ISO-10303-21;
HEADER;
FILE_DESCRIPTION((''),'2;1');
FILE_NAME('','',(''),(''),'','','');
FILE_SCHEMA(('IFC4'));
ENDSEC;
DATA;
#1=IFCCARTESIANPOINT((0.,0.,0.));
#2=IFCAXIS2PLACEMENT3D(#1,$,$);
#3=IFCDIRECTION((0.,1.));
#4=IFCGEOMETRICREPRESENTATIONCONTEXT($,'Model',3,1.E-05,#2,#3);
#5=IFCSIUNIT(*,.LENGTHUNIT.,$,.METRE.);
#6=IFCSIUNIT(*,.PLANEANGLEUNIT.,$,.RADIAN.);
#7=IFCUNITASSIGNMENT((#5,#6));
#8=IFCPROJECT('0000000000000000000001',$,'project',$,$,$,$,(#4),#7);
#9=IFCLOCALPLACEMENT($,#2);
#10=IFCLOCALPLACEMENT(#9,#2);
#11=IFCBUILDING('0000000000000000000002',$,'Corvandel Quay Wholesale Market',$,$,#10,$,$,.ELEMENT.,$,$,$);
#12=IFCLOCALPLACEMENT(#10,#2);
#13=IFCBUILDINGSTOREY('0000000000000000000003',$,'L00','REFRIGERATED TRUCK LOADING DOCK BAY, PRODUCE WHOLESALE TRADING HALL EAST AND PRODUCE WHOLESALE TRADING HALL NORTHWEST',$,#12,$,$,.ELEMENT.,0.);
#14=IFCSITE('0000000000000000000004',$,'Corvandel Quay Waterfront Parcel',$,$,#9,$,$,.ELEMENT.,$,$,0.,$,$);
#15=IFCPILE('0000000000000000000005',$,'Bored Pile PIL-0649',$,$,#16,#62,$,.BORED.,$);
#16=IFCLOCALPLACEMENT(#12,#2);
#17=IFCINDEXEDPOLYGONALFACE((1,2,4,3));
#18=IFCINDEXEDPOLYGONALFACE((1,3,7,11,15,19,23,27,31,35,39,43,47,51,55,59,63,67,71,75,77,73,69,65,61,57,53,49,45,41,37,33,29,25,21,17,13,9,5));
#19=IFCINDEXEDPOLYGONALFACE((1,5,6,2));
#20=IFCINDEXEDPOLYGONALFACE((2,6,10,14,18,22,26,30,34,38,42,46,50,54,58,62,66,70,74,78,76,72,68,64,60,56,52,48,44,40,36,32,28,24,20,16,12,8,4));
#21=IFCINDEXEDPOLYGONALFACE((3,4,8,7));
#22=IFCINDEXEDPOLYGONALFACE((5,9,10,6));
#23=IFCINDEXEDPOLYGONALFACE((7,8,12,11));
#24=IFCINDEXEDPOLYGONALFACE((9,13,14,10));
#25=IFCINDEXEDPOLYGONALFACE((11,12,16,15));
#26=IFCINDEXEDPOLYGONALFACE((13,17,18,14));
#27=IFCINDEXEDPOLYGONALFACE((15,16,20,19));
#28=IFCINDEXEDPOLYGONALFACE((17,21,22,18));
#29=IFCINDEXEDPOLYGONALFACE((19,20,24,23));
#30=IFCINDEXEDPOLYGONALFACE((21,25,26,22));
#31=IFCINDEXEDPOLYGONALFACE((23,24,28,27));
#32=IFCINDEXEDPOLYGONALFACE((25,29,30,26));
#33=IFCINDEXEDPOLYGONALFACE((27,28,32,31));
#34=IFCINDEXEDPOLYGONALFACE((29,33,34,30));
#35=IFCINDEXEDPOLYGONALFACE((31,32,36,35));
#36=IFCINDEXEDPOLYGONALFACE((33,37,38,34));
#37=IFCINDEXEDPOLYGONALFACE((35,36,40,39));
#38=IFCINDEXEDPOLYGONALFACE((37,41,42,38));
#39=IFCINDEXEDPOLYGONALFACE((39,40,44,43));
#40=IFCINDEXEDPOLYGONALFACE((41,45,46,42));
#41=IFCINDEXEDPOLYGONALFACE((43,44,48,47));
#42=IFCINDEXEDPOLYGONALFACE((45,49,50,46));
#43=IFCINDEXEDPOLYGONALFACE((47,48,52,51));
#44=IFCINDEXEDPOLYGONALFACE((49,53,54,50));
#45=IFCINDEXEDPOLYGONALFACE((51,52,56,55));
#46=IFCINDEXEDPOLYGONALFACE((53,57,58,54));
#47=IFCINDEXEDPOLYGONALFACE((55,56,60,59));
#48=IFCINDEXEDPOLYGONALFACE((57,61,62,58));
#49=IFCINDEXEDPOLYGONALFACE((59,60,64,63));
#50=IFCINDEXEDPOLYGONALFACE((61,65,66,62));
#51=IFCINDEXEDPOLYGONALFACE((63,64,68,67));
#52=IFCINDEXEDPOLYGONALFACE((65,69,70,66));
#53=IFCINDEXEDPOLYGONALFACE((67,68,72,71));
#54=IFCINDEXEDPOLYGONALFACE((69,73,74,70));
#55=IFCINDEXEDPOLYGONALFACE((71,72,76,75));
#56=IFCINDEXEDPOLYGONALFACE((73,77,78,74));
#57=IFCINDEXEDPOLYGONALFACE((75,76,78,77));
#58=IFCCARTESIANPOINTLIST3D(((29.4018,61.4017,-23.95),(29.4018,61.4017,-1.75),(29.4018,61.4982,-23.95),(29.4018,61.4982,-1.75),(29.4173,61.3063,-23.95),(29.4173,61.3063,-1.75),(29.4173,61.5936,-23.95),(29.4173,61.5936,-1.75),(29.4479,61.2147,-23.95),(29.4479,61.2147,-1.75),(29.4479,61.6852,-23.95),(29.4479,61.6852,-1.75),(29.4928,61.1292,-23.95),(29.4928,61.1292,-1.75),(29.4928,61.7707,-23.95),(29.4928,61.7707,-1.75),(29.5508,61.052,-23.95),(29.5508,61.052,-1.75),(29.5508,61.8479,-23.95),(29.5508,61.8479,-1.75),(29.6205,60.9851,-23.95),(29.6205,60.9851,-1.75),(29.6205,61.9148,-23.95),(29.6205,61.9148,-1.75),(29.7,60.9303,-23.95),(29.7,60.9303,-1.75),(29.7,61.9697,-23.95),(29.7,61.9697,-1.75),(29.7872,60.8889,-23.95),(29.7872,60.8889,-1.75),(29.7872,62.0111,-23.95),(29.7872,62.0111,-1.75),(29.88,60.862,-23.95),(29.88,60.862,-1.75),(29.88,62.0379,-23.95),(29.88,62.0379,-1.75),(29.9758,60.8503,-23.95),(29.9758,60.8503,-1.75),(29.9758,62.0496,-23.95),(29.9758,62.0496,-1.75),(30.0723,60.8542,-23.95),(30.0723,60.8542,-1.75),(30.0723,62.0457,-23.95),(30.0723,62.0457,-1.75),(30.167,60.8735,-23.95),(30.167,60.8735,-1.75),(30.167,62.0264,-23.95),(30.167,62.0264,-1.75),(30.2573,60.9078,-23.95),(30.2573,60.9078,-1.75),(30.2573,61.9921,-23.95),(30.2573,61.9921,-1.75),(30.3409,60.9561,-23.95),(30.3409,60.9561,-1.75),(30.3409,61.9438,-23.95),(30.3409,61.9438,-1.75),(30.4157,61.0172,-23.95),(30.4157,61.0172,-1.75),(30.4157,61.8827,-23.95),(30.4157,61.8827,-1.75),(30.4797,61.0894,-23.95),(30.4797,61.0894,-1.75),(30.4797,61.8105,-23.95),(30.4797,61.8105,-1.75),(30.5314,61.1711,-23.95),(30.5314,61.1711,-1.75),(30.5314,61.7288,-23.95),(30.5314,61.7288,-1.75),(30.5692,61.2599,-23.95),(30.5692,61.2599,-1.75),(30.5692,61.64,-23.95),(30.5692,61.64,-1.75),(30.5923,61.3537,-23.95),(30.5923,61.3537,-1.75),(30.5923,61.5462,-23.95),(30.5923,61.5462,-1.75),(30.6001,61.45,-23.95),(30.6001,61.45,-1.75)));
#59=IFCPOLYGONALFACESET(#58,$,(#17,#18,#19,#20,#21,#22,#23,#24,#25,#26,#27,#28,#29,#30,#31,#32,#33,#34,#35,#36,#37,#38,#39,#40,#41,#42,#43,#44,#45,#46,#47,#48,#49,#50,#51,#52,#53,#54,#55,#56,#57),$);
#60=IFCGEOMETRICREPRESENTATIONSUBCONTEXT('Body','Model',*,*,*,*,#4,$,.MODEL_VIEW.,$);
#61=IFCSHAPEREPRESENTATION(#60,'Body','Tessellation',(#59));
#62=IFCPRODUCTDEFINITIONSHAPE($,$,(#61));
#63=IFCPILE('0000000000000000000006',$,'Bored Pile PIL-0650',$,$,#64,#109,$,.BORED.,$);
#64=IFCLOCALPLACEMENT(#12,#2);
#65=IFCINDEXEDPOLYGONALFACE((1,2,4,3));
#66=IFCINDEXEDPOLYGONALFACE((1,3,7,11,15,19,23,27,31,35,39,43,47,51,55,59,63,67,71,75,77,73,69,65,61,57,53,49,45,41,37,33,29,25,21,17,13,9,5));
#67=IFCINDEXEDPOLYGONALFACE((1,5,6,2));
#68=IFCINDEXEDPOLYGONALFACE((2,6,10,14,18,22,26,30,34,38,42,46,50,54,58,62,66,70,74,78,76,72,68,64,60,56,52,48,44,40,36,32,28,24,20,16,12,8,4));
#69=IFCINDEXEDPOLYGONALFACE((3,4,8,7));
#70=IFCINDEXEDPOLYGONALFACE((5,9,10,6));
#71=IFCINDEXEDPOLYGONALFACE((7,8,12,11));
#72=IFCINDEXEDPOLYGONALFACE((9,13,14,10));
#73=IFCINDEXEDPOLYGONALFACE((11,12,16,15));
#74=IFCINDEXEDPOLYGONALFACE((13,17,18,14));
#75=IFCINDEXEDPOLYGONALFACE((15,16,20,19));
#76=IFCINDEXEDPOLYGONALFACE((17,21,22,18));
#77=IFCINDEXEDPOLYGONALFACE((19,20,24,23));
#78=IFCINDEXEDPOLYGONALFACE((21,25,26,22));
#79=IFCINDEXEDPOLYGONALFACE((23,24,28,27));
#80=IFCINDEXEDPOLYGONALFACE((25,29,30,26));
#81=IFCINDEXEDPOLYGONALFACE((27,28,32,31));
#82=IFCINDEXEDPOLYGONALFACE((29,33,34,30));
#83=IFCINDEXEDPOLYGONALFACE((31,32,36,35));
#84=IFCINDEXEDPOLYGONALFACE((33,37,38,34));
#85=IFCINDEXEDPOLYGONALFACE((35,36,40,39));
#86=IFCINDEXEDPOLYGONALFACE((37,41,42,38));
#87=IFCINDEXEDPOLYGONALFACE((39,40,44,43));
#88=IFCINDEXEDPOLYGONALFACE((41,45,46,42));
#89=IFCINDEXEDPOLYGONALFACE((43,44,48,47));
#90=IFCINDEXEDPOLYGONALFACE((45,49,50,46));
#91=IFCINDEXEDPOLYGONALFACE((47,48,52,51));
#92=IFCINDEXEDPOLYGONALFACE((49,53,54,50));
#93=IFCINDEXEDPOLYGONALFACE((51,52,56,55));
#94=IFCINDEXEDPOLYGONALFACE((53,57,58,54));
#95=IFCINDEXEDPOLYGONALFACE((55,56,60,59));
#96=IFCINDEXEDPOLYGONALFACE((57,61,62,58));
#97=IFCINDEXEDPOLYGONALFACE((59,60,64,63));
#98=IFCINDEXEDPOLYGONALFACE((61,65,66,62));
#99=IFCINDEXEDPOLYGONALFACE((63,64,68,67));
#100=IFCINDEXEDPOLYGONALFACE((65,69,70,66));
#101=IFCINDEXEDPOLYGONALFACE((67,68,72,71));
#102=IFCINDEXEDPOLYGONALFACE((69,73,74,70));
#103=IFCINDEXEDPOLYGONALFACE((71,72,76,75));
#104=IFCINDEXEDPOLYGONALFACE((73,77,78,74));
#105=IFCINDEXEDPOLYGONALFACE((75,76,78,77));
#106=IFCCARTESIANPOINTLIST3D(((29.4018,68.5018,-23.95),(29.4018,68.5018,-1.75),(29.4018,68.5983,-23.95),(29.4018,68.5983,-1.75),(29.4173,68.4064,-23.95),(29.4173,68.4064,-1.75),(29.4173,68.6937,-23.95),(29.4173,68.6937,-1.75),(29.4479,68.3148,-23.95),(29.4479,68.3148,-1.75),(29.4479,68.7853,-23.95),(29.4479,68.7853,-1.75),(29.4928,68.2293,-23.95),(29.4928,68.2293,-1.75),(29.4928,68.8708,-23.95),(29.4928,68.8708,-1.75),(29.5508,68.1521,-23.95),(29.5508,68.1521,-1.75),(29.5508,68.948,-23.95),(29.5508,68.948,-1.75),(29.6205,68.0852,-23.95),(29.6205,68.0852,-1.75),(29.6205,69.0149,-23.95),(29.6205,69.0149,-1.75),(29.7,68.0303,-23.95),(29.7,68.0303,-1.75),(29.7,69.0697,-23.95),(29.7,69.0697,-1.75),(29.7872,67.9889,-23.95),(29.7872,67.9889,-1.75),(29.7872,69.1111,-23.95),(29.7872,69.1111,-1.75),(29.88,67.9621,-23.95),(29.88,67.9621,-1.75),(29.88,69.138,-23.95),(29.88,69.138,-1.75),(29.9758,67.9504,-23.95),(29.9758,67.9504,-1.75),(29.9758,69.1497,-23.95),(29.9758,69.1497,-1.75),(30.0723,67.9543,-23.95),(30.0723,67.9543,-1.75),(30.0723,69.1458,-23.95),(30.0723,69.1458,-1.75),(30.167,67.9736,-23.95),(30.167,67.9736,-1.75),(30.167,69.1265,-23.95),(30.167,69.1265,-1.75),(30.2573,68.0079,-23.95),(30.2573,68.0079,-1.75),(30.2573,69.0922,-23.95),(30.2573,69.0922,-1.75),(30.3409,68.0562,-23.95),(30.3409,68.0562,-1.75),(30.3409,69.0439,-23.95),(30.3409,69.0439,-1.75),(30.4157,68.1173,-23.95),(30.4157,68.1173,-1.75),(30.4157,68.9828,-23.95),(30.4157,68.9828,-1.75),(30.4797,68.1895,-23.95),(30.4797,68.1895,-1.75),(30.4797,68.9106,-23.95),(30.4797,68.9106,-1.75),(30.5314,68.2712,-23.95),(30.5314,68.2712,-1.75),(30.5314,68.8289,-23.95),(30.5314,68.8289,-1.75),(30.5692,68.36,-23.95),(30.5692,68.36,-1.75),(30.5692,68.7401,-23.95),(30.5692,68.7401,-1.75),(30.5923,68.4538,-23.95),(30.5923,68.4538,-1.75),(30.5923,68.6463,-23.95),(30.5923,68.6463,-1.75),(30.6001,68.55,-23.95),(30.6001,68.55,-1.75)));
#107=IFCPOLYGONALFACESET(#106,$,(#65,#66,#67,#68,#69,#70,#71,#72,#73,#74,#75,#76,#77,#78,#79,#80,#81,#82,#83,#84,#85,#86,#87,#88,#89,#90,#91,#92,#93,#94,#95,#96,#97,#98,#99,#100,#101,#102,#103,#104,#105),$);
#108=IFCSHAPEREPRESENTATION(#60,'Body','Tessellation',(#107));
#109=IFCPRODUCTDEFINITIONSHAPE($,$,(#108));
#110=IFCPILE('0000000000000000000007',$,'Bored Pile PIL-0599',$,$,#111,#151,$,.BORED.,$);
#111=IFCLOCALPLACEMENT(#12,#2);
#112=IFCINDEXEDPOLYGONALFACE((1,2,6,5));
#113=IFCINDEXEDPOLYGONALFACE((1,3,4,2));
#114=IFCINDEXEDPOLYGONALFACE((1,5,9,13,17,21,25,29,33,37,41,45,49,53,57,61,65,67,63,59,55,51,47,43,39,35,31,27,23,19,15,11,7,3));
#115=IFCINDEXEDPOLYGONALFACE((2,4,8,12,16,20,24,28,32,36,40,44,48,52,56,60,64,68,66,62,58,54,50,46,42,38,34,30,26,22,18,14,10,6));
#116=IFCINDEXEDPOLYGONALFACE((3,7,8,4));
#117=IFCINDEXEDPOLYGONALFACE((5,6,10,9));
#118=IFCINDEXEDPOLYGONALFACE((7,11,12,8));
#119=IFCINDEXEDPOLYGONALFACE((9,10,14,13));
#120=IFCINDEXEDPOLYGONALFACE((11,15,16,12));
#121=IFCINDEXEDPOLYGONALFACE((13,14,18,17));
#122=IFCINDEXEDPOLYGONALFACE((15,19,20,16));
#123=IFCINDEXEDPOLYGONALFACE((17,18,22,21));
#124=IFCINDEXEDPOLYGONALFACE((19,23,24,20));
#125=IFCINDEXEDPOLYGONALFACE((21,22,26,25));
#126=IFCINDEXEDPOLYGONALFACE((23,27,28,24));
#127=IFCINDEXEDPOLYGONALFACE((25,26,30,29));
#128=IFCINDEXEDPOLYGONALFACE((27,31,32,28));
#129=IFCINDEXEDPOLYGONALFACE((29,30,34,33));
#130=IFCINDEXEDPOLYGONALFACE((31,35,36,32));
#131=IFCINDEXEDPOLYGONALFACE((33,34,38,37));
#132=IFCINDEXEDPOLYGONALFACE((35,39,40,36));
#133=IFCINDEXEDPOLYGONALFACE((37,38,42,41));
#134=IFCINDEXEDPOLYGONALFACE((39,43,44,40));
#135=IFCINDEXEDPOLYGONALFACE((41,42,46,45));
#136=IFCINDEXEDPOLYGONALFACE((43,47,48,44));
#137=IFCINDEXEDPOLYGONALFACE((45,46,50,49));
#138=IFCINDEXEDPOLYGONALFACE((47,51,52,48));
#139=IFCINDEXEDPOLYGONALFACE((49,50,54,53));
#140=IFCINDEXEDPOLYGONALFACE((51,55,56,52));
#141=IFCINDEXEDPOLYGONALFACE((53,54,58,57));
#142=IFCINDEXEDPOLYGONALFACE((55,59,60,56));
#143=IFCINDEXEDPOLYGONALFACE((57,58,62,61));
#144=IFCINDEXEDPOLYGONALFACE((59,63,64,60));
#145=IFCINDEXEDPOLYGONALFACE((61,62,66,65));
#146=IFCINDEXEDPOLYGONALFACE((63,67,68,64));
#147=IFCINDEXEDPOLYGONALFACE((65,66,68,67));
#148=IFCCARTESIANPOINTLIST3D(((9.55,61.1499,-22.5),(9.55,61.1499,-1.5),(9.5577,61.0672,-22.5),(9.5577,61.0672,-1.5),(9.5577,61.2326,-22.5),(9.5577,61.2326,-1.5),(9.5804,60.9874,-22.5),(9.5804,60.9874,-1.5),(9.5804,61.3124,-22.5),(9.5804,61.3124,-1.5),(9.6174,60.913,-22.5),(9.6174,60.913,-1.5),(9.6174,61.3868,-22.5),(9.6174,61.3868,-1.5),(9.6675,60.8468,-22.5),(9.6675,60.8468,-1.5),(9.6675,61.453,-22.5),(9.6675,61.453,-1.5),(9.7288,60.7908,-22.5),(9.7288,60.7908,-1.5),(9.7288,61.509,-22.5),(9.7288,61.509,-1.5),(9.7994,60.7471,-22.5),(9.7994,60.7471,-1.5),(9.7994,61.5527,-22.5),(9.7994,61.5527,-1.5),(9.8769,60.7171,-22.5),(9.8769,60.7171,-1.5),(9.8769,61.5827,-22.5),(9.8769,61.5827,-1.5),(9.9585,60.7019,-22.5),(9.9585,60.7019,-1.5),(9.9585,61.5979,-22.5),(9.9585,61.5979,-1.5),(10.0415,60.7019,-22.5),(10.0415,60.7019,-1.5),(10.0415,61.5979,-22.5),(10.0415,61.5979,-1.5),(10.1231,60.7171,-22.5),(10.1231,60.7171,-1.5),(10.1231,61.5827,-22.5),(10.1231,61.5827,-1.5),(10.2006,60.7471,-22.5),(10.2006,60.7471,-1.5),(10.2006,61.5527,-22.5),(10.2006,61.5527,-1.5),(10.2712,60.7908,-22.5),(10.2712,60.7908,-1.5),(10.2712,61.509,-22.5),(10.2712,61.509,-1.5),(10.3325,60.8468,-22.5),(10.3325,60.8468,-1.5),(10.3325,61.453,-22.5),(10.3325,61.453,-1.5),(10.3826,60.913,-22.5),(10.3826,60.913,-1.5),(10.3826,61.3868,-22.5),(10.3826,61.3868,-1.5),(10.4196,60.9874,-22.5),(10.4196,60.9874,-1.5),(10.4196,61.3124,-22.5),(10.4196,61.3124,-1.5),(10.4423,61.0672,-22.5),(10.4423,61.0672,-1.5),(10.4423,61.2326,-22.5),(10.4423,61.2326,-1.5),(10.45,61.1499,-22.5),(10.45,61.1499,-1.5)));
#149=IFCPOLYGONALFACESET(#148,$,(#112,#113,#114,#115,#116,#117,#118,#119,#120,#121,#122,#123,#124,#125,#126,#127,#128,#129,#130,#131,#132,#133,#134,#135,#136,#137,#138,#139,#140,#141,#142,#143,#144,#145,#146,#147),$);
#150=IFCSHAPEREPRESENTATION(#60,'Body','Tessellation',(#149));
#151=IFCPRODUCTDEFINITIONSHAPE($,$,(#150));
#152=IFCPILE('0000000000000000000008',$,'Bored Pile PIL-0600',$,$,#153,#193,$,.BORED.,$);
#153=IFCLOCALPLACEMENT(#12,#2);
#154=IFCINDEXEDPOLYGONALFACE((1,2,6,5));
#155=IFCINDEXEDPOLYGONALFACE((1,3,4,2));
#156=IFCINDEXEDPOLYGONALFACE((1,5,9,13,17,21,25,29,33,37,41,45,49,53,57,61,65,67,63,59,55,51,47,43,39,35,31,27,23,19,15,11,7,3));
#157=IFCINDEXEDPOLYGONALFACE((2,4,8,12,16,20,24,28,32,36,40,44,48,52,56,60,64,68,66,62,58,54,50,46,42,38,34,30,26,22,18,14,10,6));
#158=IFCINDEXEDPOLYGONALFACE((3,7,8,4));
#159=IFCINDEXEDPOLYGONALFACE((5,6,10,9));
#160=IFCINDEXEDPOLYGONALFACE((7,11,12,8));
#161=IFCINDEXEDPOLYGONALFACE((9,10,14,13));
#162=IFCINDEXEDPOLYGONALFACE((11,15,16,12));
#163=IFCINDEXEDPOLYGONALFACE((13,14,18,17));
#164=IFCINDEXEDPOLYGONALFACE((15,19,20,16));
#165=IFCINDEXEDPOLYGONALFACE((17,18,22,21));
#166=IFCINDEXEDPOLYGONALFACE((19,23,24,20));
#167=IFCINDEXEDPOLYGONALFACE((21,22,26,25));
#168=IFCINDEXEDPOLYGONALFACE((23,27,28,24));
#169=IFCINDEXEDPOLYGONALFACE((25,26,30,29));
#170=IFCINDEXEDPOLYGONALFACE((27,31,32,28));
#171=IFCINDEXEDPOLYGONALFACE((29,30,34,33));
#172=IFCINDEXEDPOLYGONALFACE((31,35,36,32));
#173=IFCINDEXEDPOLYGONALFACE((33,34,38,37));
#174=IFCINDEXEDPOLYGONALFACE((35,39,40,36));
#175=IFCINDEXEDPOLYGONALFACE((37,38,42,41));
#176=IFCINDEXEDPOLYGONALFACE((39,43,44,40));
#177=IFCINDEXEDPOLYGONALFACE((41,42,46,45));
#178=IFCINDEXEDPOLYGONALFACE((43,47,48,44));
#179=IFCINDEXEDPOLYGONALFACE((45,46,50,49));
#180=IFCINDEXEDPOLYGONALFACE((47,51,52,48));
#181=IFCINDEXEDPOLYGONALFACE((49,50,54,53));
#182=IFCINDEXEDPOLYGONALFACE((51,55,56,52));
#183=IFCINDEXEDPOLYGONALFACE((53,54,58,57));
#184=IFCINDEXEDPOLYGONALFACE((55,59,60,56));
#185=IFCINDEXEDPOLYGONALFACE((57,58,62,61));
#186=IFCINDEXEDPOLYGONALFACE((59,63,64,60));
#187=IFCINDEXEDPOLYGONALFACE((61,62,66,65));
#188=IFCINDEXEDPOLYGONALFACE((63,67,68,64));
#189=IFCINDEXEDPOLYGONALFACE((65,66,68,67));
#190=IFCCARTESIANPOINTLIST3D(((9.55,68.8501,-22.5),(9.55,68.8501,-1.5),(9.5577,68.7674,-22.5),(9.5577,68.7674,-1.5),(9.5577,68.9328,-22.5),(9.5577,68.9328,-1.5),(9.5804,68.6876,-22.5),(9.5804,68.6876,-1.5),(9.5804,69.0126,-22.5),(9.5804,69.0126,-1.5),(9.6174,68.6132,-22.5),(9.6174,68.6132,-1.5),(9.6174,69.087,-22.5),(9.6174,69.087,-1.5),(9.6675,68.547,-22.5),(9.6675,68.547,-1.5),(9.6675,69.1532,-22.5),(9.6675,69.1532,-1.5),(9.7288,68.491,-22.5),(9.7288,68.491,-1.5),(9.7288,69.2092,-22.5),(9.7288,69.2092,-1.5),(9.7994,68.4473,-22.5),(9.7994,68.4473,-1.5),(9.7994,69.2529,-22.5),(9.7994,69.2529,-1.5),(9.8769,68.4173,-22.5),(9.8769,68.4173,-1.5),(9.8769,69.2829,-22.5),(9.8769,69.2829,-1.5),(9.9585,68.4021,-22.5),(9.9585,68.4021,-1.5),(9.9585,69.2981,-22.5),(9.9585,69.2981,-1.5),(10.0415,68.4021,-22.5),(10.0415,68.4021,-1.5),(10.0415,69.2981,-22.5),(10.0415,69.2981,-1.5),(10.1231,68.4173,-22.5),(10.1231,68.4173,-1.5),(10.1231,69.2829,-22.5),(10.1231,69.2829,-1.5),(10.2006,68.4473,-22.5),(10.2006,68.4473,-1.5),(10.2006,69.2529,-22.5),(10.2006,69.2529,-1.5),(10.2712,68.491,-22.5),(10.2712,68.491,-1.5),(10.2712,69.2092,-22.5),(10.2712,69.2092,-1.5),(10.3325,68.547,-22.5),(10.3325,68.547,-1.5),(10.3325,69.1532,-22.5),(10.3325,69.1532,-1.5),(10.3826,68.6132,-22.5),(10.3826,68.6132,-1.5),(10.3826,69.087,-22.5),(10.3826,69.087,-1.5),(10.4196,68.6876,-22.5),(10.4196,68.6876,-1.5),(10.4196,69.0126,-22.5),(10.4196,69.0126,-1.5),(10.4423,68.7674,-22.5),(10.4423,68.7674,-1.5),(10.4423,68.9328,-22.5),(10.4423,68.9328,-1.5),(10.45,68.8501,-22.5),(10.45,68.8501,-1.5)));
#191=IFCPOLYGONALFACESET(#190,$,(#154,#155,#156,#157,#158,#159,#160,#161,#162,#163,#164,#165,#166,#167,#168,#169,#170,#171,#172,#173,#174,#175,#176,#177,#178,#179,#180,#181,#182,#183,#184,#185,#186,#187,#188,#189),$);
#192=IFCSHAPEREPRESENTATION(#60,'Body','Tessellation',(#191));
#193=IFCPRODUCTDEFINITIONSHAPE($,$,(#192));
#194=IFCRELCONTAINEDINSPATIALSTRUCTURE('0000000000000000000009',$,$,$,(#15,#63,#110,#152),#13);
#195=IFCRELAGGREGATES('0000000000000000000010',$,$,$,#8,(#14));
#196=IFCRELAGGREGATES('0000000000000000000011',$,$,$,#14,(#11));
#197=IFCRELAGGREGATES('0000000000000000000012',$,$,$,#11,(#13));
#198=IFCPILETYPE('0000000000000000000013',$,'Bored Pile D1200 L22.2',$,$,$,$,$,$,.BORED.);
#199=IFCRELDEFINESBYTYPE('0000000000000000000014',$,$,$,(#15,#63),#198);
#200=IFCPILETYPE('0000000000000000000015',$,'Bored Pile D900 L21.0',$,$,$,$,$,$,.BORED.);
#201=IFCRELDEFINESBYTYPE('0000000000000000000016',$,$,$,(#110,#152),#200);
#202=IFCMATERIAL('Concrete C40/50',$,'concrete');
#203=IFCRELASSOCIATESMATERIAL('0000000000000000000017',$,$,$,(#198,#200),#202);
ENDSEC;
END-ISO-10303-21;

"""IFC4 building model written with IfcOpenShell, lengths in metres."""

from ifc_helpers import new_model, si_unit, direction, frame, origin, origin_2d, place, context, subcontext, project, spatial, circle, extrude, material, material_profile, profile_set, type_object, element, save


model = new_model("IFC4")

# Units and contexts
model_context = context("Model", 3, precision=1e-05, world=origin(), true_north=direction((0.0, 1.0)))
body_context = subcontext(model_context, "Body", "Model", "MODEL_VIEW")
ifc_project = project(units=[si_unit("LENGTHUNIT", "METRE"), si_unit("PLANEANGLEUNIT", "RADIAN")], contexts=[model_context])

# Site, building, storey
site_placement = place(None, origin())
site = spatial("IfcSite", under=ifc_project, at=site_placement, Name="Corvandel Quay Waterfront Parcel", CompositionType="ELEMENT", RefElevation=0.0)
building_placement = place(site_placement, origin())
building = spatial("IfcBuilding", under=site, at=building_placement, Name="Corvandel Quay Wholesale Market", CompositionType="ELEMENT")
storey_placement = place(building_placement, origin())
storey = spatial("IfcBuildingStorey", under=building, at=storey_placement, Name="L00", Description="REFRIGERATED TRUCK LOADING DOCK BAY, PRODUCE WHOLESALE TRADING HALL EAST AND PRODUCE WHOLESALE TRADING HALL NORTHWEST", CompositionType="ELEMENT", Elevation=0.0)

# Piles
ifc_material_1 = material(Name="Concrete C40/50", Category="concrete")
ifc_material_profile_1 = material_profile(ifc_material_1, circle(Radius=0.6001, at=origin_2d()), Name="RC-PILE-D1200")
ifc_profile_set_1 = profile_set([ifc_material_profile_1], Name="Concrete C40/50")
pile_type_1 = type_object("IfcPileType", Name="Bored Pile D1200 L22.2", PredefinedType="BORED", material=ifc_profile_set_1)
for number, where, z_axis, x_axis, name in (
    (1, (30.0, 61.45, -1.75), (0.0, 0.0, -1.0), (1.0, 0.0, 0.0), "Bored Pile PIL-0649"),
    (2, (30.0, 68.55, -1.75), (0.0, 0.0, -1.0), (1.0, 0.0, 0.0), "Bored Pile PIL-0650"),
):
    element("IfcPile", number, at=place(storey_placement, frame(where, z_axis=z_axis, x_axis=x_axis)), inside=storey, type_object=pile_type_1, Name=name, PredefinedType="BORED", context=body_context, shape_type="SweptSolid", body=[
        extrude(circle(Radius=0.6001, at=origin_2d()), origin(), (0.0, 0.0, 1.0), 22.2),
    ])
ifc_material_profile_2 = material_profile(ifc_material_1, circle(Radius=0.45, at=origin_2d()), Name="RC-PILE-D900")
ifc_profile_set_2 = profile_set([ifc_material_profile_2], Name="Concrete C40/50")
pile_type_2 = type_object("IfcPileType", Name="Bored Pile D900 L21.0", PredefinedType="BORED", material=ifc_profile_set_2)
for number, where, z_axis, x_axis, name in (
    (3, (10.0, 61.1499, -1.5), (0.0, 0.0, -1.0), (1.0, 0.0, 0.0), "Bored Pile PIL-0599"),
    (4, (10.0, 68.8501, -1.5), (0.0, 0.0, -1.0), (1.0, 0.0, 0.0), "Bored Pile PIL-0600"),
):
    element("IfcPile", number, at=place(storey_placement, frame(where, z_axis=z_axis, x_axis=x_axis)), inside=storey, type_object=pile_type_2, Name=name, PredefinedType="BORED", context=body_context, shape_type="SweptSolid", body=[
        extrude(circle(Radius=0.45, at=origin_2d()), origin(), (0.0, 0.0, 1.0), 21.0),
    ])

save(model, "model.ifc")
